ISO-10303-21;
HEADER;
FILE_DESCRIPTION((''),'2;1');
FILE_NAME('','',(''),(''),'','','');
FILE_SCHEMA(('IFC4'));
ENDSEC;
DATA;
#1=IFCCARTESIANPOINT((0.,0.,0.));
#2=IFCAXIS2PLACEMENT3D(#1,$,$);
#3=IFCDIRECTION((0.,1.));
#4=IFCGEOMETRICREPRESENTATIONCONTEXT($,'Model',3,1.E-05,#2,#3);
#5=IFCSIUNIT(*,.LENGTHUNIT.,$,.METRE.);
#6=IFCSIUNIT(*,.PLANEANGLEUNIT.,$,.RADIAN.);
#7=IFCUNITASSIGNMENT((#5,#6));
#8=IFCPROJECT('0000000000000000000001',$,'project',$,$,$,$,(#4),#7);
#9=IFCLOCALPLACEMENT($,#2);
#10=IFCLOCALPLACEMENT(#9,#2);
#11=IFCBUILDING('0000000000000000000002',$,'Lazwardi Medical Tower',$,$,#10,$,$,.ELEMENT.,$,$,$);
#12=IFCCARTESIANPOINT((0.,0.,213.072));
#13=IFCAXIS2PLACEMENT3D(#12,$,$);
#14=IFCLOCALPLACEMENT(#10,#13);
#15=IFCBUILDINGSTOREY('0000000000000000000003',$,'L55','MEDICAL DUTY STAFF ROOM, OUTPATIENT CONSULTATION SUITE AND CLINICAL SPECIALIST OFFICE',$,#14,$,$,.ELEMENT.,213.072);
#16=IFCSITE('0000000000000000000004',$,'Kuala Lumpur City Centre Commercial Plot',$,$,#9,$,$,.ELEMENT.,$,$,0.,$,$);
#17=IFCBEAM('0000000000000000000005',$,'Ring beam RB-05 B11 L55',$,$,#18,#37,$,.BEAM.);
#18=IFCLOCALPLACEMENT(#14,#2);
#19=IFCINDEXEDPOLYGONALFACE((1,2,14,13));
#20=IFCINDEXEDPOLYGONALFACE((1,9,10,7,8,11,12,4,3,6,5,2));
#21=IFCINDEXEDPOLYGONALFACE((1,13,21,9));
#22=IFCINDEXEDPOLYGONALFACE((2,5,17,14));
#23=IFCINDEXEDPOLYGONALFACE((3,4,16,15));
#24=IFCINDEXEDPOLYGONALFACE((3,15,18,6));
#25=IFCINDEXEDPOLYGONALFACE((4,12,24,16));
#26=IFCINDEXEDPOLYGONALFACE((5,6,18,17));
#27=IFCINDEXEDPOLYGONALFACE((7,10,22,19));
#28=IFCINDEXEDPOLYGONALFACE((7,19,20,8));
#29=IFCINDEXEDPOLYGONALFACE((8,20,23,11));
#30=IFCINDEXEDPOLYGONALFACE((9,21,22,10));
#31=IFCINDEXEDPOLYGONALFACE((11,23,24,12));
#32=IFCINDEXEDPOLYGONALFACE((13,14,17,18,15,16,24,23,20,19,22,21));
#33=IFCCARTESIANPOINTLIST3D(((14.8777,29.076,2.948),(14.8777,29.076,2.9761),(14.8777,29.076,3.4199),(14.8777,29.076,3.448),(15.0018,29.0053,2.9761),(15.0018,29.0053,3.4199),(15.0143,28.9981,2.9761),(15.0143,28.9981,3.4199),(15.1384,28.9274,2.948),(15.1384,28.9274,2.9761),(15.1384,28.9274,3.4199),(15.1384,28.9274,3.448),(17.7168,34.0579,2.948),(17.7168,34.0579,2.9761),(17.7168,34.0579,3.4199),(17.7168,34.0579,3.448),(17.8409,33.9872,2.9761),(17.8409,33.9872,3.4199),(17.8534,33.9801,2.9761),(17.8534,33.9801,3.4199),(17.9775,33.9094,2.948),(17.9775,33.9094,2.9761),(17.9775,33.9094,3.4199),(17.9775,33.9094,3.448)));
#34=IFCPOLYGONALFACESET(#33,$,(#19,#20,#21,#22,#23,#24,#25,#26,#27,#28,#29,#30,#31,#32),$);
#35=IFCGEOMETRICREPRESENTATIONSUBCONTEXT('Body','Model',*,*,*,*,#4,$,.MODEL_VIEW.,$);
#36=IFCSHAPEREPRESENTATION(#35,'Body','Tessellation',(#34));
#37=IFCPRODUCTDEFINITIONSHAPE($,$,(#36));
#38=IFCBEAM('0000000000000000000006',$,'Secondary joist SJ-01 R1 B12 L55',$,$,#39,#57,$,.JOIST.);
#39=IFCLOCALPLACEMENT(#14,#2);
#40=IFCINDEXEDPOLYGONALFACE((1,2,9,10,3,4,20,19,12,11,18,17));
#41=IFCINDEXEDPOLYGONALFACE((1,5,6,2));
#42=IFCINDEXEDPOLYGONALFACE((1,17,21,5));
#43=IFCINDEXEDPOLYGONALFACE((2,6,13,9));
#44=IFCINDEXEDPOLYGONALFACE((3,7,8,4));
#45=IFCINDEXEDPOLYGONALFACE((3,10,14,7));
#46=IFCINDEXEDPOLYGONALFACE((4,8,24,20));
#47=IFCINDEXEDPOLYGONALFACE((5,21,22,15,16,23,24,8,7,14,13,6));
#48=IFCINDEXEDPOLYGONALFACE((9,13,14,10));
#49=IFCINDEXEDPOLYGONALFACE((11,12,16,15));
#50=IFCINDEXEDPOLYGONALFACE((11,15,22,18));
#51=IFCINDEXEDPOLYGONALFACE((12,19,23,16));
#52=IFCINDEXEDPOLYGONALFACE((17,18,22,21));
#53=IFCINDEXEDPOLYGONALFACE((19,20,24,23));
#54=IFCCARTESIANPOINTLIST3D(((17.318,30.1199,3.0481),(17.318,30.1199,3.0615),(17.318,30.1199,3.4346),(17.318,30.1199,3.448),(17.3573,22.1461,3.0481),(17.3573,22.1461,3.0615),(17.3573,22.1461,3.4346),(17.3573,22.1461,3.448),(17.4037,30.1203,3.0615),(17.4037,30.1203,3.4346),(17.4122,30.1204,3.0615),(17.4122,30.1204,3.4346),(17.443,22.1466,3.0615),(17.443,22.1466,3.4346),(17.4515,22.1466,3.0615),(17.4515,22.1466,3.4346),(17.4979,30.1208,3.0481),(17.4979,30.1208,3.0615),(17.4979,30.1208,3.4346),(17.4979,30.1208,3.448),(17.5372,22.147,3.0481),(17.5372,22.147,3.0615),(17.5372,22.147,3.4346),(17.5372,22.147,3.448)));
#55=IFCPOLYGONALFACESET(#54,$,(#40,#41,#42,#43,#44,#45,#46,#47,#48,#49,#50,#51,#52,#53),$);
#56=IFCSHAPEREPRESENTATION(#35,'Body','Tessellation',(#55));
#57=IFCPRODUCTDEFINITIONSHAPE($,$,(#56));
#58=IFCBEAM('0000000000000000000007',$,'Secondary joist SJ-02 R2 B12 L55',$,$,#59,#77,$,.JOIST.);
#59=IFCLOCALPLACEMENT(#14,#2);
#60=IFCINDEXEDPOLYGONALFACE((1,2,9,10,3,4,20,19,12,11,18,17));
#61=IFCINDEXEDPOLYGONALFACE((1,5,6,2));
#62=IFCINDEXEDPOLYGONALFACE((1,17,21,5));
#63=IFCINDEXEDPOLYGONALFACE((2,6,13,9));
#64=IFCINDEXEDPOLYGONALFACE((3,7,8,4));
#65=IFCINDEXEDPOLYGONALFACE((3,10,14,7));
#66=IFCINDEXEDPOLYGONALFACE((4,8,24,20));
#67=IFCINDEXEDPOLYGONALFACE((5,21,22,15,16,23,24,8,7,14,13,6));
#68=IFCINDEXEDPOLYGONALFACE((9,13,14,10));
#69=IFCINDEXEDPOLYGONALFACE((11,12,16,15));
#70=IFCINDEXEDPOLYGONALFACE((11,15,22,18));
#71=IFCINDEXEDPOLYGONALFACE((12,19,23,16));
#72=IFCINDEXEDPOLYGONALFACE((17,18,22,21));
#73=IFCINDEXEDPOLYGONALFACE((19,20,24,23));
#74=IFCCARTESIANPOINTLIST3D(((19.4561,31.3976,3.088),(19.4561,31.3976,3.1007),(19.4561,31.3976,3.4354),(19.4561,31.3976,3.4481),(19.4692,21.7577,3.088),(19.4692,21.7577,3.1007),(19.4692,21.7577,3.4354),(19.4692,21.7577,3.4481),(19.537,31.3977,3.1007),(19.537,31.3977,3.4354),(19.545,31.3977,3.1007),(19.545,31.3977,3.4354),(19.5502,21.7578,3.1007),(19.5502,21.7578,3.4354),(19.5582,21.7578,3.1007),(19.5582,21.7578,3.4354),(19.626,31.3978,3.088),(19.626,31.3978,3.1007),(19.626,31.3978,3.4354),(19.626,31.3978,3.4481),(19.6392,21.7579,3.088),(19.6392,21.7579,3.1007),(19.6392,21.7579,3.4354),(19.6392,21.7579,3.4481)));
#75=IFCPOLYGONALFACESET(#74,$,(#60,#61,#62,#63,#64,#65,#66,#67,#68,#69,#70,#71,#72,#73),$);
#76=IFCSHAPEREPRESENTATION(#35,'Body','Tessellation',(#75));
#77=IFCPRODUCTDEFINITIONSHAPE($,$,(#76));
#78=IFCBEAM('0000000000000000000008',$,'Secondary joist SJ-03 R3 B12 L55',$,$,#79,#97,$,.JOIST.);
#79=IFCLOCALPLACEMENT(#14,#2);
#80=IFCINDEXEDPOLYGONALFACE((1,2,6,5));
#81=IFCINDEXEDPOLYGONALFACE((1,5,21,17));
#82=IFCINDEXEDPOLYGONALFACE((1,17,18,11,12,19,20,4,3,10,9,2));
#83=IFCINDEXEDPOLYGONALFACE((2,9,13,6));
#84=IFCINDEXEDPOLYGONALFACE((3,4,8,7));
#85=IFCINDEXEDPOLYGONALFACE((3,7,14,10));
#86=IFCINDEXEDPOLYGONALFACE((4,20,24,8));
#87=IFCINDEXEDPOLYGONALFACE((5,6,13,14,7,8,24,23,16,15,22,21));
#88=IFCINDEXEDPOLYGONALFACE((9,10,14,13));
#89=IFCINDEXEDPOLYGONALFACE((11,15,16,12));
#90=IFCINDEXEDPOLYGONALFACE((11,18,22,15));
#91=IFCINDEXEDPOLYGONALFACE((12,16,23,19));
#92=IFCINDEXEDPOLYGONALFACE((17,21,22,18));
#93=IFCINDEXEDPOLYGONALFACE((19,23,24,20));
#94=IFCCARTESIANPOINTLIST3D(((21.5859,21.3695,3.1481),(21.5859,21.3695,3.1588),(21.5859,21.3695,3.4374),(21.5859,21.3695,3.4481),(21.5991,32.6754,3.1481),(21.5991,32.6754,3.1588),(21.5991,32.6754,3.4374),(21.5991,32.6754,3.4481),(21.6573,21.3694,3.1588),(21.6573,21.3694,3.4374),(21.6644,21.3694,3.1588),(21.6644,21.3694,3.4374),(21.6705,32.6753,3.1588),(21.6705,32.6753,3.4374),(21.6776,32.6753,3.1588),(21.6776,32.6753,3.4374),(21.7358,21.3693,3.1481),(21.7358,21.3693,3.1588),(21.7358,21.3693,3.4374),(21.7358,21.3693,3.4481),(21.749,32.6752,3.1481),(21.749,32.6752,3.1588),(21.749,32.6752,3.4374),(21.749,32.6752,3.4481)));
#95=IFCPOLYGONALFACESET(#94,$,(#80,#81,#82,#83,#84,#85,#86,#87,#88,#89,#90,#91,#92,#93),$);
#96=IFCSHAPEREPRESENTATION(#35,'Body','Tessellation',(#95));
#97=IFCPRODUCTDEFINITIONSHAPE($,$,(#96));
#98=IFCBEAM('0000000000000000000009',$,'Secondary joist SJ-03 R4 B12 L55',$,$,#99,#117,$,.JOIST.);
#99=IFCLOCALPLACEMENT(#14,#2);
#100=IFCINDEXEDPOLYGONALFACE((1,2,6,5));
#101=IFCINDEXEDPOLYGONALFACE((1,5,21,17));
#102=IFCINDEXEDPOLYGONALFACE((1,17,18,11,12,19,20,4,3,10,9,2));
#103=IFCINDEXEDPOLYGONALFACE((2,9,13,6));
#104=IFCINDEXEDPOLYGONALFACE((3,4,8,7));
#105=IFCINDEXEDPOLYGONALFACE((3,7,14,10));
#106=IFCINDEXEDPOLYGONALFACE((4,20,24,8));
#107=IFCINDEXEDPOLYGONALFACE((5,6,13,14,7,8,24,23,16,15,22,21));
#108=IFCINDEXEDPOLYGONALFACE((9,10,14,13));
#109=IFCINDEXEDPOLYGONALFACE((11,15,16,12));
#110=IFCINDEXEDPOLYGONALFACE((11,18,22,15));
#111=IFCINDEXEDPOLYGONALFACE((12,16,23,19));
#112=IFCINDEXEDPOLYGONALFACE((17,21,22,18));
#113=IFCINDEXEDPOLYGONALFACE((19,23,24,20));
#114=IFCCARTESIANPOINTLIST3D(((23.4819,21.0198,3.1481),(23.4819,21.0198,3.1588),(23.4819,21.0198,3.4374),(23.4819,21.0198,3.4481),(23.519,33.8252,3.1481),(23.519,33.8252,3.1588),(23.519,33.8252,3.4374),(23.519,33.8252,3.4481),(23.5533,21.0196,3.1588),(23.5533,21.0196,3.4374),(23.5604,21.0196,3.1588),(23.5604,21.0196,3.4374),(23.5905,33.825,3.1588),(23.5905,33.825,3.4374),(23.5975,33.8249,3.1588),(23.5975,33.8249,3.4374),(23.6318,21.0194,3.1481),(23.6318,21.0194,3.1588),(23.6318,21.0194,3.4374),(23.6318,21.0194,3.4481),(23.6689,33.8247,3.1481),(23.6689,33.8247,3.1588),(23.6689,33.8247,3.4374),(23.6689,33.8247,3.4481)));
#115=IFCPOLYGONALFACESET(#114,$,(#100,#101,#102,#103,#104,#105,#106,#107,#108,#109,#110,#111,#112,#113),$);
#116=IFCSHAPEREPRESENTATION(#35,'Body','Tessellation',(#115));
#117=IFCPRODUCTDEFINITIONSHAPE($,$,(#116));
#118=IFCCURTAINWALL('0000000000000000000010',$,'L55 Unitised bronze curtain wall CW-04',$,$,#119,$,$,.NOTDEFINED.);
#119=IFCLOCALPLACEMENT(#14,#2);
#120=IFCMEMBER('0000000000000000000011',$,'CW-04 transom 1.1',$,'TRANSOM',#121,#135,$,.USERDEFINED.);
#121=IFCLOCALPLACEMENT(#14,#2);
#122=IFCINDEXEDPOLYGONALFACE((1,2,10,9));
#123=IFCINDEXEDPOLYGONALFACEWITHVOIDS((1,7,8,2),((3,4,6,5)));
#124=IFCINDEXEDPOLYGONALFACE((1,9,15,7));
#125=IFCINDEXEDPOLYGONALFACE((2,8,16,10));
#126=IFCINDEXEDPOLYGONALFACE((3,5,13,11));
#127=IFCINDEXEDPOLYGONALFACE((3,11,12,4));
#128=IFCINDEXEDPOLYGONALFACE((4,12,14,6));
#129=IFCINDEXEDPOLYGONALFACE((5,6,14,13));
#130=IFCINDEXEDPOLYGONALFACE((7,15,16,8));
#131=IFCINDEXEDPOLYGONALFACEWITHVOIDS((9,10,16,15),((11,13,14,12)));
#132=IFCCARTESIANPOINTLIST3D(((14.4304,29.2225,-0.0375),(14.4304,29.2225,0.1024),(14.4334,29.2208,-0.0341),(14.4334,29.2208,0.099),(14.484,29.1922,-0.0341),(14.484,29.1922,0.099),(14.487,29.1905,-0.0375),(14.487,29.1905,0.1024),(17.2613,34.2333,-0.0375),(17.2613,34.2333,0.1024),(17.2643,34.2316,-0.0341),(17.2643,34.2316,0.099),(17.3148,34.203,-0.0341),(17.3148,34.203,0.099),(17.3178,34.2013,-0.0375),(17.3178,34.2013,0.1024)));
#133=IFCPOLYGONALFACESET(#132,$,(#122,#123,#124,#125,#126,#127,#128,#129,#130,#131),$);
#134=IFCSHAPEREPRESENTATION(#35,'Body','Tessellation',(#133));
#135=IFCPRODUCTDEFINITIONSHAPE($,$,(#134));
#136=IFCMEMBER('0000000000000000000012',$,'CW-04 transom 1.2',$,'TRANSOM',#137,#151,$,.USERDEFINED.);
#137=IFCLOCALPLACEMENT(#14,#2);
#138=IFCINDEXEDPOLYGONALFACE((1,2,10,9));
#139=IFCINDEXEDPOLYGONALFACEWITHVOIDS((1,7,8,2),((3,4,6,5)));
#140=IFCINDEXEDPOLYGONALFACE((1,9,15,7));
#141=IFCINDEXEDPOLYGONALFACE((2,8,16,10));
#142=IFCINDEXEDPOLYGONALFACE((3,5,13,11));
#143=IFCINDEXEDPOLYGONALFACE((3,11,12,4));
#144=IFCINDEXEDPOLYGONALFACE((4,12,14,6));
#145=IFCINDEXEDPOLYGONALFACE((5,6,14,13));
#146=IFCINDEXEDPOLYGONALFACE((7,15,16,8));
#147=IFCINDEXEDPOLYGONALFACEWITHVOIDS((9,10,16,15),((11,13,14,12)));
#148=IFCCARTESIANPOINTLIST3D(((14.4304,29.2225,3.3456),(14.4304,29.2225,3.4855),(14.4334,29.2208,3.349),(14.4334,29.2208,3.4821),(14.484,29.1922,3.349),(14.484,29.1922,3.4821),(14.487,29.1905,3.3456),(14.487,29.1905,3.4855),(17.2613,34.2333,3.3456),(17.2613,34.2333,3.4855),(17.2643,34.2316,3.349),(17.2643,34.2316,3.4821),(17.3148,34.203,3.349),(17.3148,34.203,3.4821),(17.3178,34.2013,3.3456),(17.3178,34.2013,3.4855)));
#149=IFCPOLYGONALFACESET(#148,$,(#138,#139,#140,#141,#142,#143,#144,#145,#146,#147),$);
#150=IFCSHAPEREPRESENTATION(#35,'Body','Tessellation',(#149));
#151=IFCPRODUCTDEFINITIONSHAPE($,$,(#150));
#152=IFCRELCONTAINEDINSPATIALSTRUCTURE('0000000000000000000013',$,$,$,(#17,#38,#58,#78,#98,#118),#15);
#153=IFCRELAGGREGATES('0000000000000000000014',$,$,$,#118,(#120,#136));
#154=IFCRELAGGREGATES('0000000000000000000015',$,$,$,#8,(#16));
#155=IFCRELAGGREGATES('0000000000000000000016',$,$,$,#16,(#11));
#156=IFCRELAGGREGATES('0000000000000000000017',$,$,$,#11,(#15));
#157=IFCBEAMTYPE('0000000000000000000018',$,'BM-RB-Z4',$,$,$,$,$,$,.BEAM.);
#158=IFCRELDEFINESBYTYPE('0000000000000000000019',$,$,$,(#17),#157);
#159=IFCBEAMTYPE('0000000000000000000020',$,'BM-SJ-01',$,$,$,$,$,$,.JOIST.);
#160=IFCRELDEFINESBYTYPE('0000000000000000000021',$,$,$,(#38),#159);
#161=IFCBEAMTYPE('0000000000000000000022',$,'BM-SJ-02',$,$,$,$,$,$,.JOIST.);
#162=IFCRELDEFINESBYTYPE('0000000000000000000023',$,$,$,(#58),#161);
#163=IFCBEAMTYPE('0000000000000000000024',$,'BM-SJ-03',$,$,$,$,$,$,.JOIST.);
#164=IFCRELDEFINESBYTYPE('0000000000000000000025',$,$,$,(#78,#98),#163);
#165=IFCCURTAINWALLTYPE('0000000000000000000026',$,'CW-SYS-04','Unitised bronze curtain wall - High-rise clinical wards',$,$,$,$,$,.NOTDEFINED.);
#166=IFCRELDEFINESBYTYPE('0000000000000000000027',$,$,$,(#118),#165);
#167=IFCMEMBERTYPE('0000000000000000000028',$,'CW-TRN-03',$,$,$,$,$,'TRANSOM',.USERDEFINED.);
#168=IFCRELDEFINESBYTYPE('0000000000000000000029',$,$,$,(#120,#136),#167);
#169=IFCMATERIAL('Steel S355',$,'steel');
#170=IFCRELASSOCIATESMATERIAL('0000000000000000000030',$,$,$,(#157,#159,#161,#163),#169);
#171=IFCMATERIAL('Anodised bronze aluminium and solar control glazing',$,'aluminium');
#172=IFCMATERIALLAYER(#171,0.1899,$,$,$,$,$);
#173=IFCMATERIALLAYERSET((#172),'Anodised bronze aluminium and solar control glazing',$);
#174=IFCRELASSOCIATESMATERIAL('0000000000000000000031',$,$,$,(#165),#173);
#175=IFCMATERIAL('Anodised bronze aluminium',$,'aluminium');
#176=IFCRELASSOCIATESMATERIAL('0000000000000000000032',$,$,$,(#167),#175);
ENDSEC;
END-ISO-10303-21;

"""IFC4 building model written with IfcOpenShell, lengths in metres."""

from ifc_helpers import new_model, si_unit, direction, frame, origin, origin_2d, place, context, subcontext, project, spatial, hollow_rectangle, i_section, extrude, material, layer, layer_set, material_profile, profile_set, type_object, element, aggregate, save


model = new_model("IFC4")

# Units and contexts
model_context = context("Model", 3, precision=1e-05, world=origin(), true_north=direction((0.0, 1.0)))
body_context = subcontext(model_context, "Body", "Model", "MODEL_VIEW")
ifc_project = project(units=[si_unit("LENGTHUNIT", "METRE"), si_unit("PLANEANGLEUNIT", "RADIAN")], contexts=[model_context])

# Site, building, storey
site_placement = place(None, origin())
site = spatial("IfcSite", under=ifc_project, at=site_placement, Name="Kuala Lumpur City Centre Commercial Plot", CompositionType="ELEMENT", RefElevation=0.0)
building_placement = place(site_placement, origin())
building = spatial("IfcBuilding", under=site, at=building_placement, Name="Lazwardi Medical Tower", CompositionType="ELEMENT")
storey_placement = place(building_placement, frame((0.0, 0.0, 213.072)))
storey = spatial("IfcBuildingStorey", under=building, at=storey_placement, Name="L55", Description="MEDICAL DUTY STAFF ROOM, OUTPATIENT CONSULTATION SUITE AND CLINICAL SPECIALIST OFFICE", CompositionType="ELEMENT", Elevation=213.072)

# Beams
ifc_material_1 = material(Name="Steel S355", Category="steel")
ifc_material_profile_1 = material_profile(ifc_material_1, i_section(OverallWidth=0.3, OverallDepth=0.5, WebThickness=0.0144, FlangeThickness=0.0281, at=origin_2d()), Name="HEB 500")
ifc_profile_set_1 = profile_set([ifc_material_profile_1], Name="Steel S355")
beam_type_1 = type_object("IfcBeamType", Name="BM-RB-Z4", PredefinedType="BEAM", material=ifc_profile_set_1)
beam_1_placement = place(storey_placement, frame((17.8472, 33.9836, 3.198), z_axis=(-0.495125, -0.868822, 0.0), x_axis=(0.868822, -0.495125, 0.0)))
element("IfcBeam", 1, at=beam_1_placement, inside=storey, type_object=beam_type_1, Name="Ring beam RB-05 B11 L55", PredefinedType="BEAM", context=body_context, shape_type="SweptSolid", body=[
    extrude(i_section(OverallWidth=0.3, OverallDepth=0.5, WebThickness=0.0144, FlangeThickness=0.0281, at=origin_2d()), origin(), (0.0, 0.0, 1.0), 5.7341),
])
ifc_material_profile_2 = material_profile(ifc_material_1, i_section(OverallWidth=0.1799, OverallDepth=0.3999, WebThickness=0.0085, FlangeThickness=0.0134, at=origin_2d()), Name="IPE 400")
ifc_profile_set_2 = profile_set([ifc_material_profile_2], Name="Steel S355")
beam_type_2 = type_object("IfcBeamType", Name="BM-SJ-01", PredefinedType="JOIST", material=ifc_profile_set_2)
beam_2_placement = place(storey_placement, frame((17.408, 30.1204, 3.248), z_axis=(0.004929, -0.999988, 0.0), x_axis=(0.999988, 0.004929, 0.0)))
element("IfcBeam", 2, at=beam_2_placement, inside=storey, type_object=beam_type_2, Name="Secondary joist SJ-01 R1 B12 L55", PredefinedType="JOIST", context=body_context, shape_type="SweptSolid", body=[
    extrude(i_section(OverallWidth=0.1799, OverallDepth=0.3999, WebThickness=0.0085, FlangeThickness=0.0134, at=origin_2d()), origin(), (0.0, 0.0, 1.0), 7.9739),
])
ifc_material_profile_3 = material_profile(ifc_material_1, i_section(OverallWidth=0.1699, OverallDepth=0.3601, WebThickness=0.0081, FlangeThickness=0.0127, at=origin_2d()), Name="IPE 360")
ifc_profile_set_3 = profile_set([ifc_material_profile_3], Name="Steel S355")
beam_type_3 = type_object("IfcBeamType", Name="BM-SJ-02", PredefinedType="JOIST", material=ifc_profile_set_3)
beam_3_placement = place(storey_placement, frame((19.541, 31.3977, 3.2681), z_axis=(0.001368, -0.999999, 0.0), x_axis=(0.999999, 0.001368, 0.0)))
element("IfcBeam", 3, at=beam_3_placement, inside=storey, type_object=beam_type_3, Name="Secondary joist SJ-02 R2 B12 L55", PredefinedType="JOIST", context=body_context, shape_type="SweptSolid", body=[
    extrude(i_section(OverallWidth=0.1699, OverallDepth=0.3601, WebThickness=0.0081, FlangeThickness=0.0127, at=origin_2d()), origin(), (0.0, 0.0, 1.0), 9.6399),
])
ifc_material_profile_4 = material_profile(ifc_material_1, i_section(OverallWidth=0.1499, OverallDepth=0.3, WebThickness=0.0071, FlangeThickness=0.0107, at=origin_2d()), Name="IPE 300")
ifc_profile_set_4 = profile_set([ifc_material_profile_4], Name="Steel S355")
beam_type_4 = type_object("IfcBeamType", Name="BM-SJ-03", PredefinedType="JOIST", material=ifc_profile_set_4)
beam_4_placement = place(storey_placement, frame((21.6741, 32.6753, 3.2981), z_axis=(-0.001166, -0.999999, 0.0), x_axis=(0.999999, -0.001166, 0.0)))
element("IfcBeam", 4, at=beam_4_placement, inside=storey, type_object=beam_type_4, Name="Secondary joist SJ-03 R3 B12 L55", PredefinedType="JOIST", context=body_context, shape_type="SweptSolid", body=[
    extrude(i_section(OverallWidth=0.1499, OverallDepth=0.3, WebThickness=0.0071, FlangeThickness=0.0107, at=origin_2d()), origin(), (0.0, 0.0, 1.0), 11.3059),
])
beam_5_placement = place(storey_placement, frame((23.594, 33.825, 3.2981), z_axis=(-0.002898, -0.999996, 0.0), x_axis=(0.999996, -0.002898, 0.0)))
element("IfcBeam", 5, at=beam_5_placement, inside=storey, type_object=beam_type_4, Name="Secondary joist SJ-03 R4 B12 L55", PredefinedType="JOIST", context=body_context, shape_type="SweptSolid", body=[
    extrude(i_section(OverallWidth=0.1499, OverallDepth=0.3, WebThickness=0.0071, FlangeThickness=0.0107, at=origin_2d()), origin(), (0.0, 0.0, 1.0), 12.8054),
])

# Curtain wall, members
ifc_material_2 = material(Name="Anodised bronze aluminium and solar control glazing", Category="aluminium")
ifc_layer_1 = layer(ifc_material_2, 0.1899)
ifc_layer_set_1 = layer_set([ifc_layer_1], Name="Anodised bronze aluminium and solar control glazing")
curtain_wall_type = type_object("IfcCurtainWallType", Name="CW-SYS-04", Description="Unitised bronze curtain wall - High-rise clinical wards", PredefinedType="NOTDEFINED", material=ifc_layer_set_1)
curtain_wall_placement = place(storey_placement, origin())
curtain_wall = element("IfcCurtainWall", 6, at=curtain_wall_placement, inside=storey, type_object=curtain_wall_type, Name="L55 Unitised bronze curtain wall CW-04", PredefinedType="NOTDEFINED")
ifc_material_3 = material(Name="Anodised bronze aluminium", Category="aluminium")
ifc_material_profile_5 = material_profile(ifc_material_3, hollow_rectangle(XDim=0.0649, YDim=0.1399, WallThickness=0.0034, at=origin_2d()), Name="ALU-TRANSOM 140x65x3.5")
ifc_profile_set_5 = profile_set([ifc_material_profile_5], Name="Anodised bronze aluminium")
member_type = type_object("IfcMemberType", Name="CW-TRN-03", ElementType="TRANSOM", PredefinedType="USERDEFINED", material=ifc_profile_set_5)
member_1_placement = place(storey_placement, frame((17.2896, 34.2173, 0.0325), z_axis=(-0.49188, -0.870663, 0.0), x_axis=(0.870663, -0.49188, 0.0)))
member_1 = element("IfcMember", 7, at=member_1_placement, type_object=member_type, Name="CW-04 transom 1.1", ObjectType="TRANSOM", PredefinedType="USERDEFINED", context=body_context, shape_type="SweptSolid", body=[
    extrude(hollow_rectangle(XDim=0.0649, YDim=0.1399, WallThickness=0.0034, at=origin_2d()), origin(), (0.0, 0.0, 1.0), 5.7551),
])
member_2_placement = place(storey_placement, frame((17.2896, 34.2173, 3.4155), z_axis=(-0.49188, -0.870663, 0.0), x_axis=(0.870663, -0.49188, 0.0)))
member_2 = element("IfcMember", 8, at=member_2_placement, type_object=member_type, Name="CW-04 transom 1.2", ObjectType="TRANSOM", PredefinedType="USERDEFINED", context=body_context, shape_type="SweptSolid", body=[
    extrude(hollow_rectangle(XDim=0.0649, YDim=0.1399, WallThickness=0.0034, at=origin_2d()), origin(), (0.0, 0.0, 1.0), 5.7551),
])
aggregate(curtain_wall, [member_1, member_2])

save(model, "model.ifc")
